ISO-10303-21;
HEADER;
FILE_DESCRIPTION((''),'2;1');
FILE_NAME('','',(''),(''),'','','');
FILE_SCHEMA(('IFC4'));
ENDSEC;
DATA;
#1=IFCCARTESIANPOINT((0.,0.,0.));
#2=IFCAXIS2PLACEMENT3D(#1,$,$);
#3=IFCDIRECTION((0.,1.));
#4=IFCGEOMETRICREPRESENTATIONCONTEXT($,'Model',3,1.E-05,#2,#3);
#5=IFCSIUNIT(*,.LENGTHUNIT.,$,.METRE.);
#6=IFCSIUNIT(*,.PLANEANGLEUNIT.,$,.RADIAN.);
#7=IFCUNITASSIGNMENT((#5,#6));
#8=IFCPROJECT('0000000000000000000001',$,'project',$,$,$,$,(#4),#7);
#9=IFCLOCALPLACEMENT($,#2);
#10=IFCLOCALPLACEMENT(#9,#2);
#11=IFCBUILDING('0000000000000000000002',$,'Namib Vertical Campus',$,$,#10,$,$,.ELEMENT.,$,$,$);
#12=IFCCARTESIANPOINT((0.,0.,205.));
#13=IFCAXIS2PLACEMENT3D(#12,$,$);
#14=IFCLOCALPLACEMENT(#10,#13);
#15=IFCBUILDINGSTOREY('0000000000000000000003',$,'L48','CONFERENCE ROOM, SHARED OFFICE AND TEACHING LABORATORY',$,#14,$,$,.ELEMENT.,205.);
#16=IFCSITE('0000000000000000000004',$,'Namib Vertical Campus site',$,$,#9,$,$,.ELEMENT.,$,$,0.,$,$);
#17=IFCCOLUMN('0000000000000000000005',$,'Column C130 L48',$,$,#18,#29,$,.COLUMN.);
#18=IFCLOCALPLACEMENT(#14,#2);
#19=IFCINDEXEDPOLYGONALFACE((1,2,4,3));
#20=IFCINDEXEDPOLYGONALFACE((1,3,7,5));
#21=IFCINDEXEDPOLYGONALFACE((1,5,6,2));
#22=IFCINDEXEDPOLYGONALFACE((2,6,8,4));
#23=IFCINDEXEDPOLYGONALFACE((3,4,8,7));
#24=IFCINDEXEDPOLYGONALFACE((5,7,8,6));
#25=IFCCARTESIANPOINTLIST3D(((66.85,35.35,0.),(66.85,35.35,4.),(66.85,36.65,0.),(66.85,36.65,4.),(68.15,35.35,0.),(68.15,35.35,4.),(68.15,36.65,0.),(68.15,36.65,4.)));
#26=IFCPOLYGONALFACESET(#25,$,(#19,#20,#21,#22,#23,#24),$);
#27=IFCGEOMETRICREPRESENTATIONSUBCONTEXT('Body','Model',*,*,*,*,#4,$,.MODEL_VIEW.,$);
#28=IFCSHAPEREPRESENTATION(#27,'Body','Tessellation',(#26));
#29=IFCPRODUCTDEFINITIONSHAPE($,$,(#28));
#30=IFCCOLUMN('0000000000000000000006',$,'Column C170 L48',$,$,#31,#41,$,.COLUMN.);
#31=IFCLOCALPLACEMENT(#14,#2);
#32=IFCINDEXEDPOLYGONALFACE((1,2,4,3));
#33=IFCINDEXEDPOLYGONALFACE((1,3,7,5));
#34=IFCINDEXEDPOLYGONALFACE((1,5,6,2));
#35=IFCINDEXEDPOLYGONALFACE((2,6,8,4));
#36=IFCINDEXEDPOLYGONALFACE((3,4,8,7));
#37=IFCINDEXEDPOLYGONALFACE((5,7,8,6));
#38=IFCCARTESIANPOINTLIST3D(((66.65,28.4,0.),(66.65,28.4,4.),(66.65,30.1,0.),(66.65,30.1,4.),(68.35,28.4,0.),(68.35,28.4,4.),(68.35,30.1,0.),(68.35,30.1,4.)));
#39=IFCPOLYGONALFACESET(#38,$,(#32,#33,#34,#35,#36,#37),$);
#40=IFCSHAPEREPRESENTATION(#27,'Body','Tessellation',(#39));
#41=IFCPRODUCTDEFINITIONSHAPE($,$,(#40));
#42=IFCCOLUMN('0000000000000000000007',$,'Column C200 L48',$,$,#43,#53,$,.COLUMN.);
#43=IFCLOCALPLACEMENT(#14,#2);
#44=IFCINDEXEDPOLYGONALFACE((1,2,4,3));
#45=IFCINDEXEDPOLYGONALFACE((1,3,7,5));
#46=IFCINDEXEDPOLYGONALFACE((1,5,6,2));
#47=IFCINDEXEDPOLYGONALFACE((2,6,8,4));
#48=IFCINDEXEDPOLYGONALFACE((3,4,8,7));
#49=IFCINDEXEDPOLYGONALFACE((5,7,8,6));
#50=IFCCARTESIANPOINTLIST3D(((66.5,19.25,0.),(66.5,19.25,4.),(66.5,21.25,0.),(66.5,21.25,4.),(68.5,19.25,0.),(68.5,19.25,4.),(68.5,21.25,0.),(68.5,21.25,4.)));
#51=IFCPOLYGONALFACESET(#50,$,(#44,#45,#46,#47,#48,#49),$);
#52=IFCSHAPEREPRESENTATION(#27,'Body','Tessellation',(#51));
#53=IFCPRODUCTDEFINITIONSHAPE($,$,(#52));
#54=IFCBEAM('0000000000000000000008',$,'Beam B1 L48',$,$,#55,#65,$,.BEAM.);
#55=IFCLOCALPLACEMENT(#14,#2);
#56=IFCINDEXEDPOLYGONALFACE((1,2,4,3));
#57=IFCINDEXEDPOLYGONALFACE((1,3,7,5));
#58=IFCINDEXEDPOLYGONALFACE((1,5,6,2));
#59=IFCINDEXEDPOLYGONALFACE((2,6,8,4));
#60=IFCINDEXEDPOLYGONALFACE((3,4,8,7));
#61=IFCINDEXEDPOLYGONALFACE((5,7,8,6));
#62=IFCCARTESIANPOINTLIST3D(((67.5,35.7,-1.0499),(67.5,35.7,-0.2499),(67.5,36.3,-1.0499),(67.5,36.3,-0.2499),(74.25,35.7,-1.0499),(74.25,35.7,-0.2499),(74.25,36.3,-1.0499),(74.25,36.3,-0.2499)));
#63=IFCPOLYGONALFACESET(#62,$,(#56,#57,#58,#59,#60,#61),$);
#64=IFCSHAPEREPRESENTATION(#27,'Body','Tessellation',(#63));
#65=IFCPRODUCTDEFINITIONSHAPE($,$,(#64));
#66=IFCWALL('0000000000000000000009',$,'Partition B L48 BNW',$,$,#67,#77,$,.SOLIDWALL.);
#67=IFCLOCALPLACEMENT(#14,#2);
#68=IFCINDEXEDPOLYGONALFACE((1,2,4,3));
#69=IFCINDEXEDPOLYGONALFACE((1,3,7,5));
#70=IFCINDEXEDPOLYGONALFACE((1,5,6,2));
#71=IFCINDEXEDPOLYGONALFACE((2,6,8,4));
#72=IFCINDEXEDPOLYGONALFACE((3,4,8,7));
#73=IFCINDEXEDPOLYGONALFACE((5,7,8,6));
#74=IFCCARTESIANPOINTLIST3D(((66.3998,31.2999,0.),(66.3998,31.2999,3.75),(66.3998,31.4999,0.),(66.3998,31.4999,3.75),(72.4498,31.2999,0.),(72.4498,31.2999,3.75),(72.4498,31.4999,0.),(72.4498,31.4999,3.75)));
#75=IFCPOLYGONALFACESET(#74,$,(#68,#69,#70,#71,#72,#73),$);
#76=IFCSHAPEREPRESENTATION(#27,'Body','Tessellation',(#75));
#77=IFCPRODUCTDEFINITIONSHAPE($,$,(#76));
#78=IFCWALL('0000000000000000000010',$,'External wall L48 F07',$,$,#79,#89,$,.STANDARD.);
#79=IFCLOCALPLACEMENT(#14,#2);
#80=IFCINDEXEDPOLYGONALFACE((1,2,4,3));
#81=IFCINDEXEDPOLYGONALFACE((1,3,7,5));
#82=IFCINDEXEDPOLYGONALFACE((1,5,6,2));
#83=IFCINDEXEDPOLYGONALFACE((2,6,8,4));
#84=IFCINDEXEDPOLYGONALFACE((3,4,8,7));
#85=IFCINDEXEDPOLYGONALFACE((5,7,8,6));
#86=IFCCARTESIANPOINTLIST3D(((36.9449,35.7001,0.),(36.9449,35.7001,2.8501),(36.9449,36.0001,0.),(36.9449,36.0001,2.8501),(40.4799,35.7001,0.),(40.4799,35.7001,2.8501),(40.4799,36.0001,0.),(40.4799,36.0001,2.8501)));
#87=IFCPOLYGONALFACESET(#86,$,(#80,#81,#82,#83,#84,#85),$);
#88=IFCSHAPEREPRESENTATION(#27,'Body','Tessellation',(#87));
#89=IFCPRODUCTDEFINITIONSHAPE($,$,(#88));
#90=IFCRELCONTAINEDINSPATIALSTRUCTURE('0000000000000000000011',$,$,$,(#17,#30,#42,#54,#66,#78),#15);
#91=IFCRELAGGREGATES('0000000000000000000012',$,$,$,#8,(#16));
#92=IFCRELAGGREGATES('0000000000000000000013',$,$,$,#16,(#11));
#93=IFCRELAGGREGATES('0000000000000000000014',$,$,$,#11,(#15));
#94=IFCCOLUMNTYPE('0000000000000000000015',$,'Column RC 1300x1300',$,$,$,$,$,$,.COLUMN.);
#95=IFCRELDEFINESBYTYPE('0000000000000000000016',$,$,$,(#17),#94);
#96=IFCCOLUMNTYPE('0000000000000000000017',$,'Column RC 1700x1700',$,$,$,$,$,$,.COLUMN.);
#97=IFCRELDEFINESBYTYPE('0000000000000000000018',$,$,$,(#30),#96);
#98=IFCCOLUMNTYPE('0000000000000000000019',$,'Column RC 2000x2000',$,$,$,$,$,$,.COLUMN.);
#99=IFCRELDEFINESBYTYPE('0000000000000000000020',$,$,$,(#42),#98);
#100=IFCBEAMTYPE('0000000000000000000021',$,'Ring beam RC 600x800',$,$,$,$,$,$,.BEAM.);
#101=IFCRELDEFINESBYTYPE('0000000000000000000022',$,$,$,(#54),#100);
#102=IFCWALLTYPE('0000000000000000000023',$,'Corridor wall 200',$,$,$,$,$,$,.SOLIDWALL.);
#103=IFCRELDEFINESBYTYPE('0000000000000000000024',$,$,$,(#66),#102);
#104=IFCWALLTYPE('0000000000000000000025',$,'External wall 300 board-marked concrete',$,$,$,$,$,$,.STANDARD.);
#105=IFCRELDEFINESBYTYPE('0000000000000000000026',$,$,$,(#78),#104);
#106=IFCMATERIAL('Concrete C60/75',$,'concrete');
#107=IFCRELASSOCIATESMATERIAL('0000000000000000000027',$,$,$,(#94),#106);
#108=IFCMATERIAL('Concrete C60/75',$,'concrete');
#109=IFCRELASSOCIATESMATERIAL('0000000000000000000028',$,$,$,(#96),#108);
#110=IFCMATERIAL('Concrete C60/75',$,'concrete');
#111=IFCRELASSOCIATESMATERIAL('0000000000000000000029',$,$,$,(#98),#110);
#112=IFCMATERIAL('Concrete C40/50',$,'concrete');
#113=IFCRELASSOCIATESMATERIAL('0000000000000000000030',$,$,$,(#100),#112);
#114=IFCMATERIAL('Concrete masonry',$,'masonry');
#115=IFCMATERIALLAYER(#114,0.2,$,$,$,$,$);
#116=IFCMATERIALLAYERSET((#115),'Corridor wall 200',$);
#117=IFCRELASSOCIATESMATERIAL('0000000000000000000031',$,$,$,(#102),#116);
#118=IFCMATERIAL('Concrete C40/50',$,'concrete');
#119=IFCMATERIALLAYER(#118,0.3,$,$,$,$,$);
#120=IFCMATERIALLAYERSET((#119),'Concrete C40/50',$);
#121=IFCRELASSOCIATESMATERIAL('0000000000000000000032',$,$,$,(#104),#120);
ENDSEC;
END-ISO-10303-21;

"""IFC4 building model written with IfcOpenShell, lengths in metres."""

from ifc_helpers import new_model, si_unit, direction, frame, frame_2d, origin, origin_2d, place, context, subcontext, project, spatial, rectangle, extrude, material, layer, layer_set, material_profile, profile_set, type_object, element, save


model = new_model("IFC4")

# Units and contexts
model_context = context("Model", 3, precision=1e-05, world=origin(), true_north=direction((0.0, 1.0)))
body_context = subcontext(model_context, "Body", "Model", "MODEL_VIEW")
ifc_project = project(units=[si_unit("LENGTHUNIT", "METRE"), si_unit("PLANEANGLEUNIT", "RADIAN")], contexts=[model_context])

# Site, building, storey
site_placement = place(None, origin())
site = spatial("IfcSite", under=ifc_project, at=site_placement, Name="Namib Vertical Campus site", CompositionType="ELEMENT", RefElevation=0.0)
building_placement = place(site_placement, origin())
building = spatial("IfcBuilding", under=site, at=building_placement, Name="Namib Vertical Campus", CompositionType="ELEMENT")
storey_placement = place(building_placement, frame((0.0, 0.0, 205.0)))
storey = spatial("IfcBuildingStorey", under=building, at=storey_placement, Name="L48", Description="CONFERENCE ROOM, SHARED OFFICE AND TEACHING LABORATORY", CompositionType="ELEMENT", Elevation=205.0)

# Columns
ifc_material_1 = material(Name="Concrete C60/75", Category="concrete")
ifc_material_profile_1 = material_profile(ifc_material_1, rectangle(XDim=1.3, YDim=1.3, at=origin_2d()))
ifc_profile_set_1 = profile_set([ifc_material_profile_1], Name="Concrete C60/75")
column_type_1 = type_object("IfcColumnType", Name="Column RC 1300x1300", PredefinedType="COLUMN", material=ifc_profile_set_1)
column_1_placement = place(storey_placement, frame((67.5, 36.0, 0.0), z_axis=(0.0, 0.0, 1.0), x_axis=(1.0, 0.0, 0.0)))
element("IfcColumn", 1, at=column_1_placement, inside=storey, type_object=column_type_1, Name="Column C130 L48", PredefinedType="COLUMN", context=body_context, shape_type="SweptSolid", body=[
    extrude(rectangle(XDim=1.3, YDim=1.3, at=origin_2d()), origin(), (0.0, 0.0, 1.0), 4.0),
])
ifc_material_2 = material(Name="Concrete C60/75", Category="concrete")
ifc_material_profile_2 = material_profile(ifc_material_2, rectangle(XDim=1.7, YDim=1.7, at=origin_2d()))
ifc_profile_set_2 = profile_set([ifc_material_profile_2], Name="Concrete C60/75")
column_type_2 = type_object("IfcColumnType", Name="Column RC 1700x1700", PredefinedType="COLUMN", material=ifc_profile_set_2)
column_2_placement = place(storey_placement, frame((67.5, 29.25, 0.0), z_axis=(0.0, 0.0, 1.0), x_axis=(1.0, 0.0, 0.0)))
element("IfcColumn", 2, at=column_2_placement, inside=storey, type_object=column_type_2, Name="Column C170 L48", PredefinedType="COLUMN", context=body_context, shape_type="SweptSolid", body=[
    extrude(rectangle(XDim=1.7, YDim=1.7, at=origin_2d()), origin(), (0.0, 0.0, 1.0), 4.0),
])
ifc_material_3 = material(Name="Concrete C60/75", Category="concrete")
ifc_material_profile_3 = material_profile(ifc_material_3, rectangle(XDim=2.0, YDim=2.0, at=origin_2d()))
ifc_profile_set_3 = profile_set([ifc_material_profile_3], Name="Concrete C60/75")
column_type_3 = type_object("IfcColumnType", Name="Column RC 2000x2000", PredefinedType="COLUMN", material=ifc_profile_set_3)
column_3_placement = place(storey_placement, frame((67.5, 20.25, 0.0), z_axis=(0.0, 0.0, 1.0), x_axis=(1.0, 0.0, 0.0)))
element("IfcColumn", 3, at=column_3_placement, inside=storey, type_object=column_type_3, Name="Column C200 L48", PredefinedType="COLUMN", context=body_context, shape_type="SweptSolid", body=[
    extrude(rectangle(XDim=2.0, YDim=2.0, at=origin_2d()), origin(), (0.0, 0.0, 1.0), 4.0),
])

# Beam
ifc_material_4 = material(Name="Concrete C40/50", Category="concrete")
ifc_material_profile_4 = material_profile(ifc_material_4, rectangle(XDim=0.6001, YDim=0.8, at=origin_2d()))
ifc_profile_set_4 = profile_set([ifc_material_profile_4], Name="Concrete C40/50")
beam_type = type_object("IfcBeamType", Name="Ring beam RC 600x800", PredefinedType="BEAM", material=ifc_profile_set_4)
beam_placement = place(storey_placement, frame((67.5, 36.0, -0.6499), z_axis=(1.0, 0.0, 0.0), x_axis=(0.0, 1.0, 0.0)))
element("IfcBeam", 4, at=beam_placement, inside=storey, type_object=beam_type, Name="Beam B1 L48", PredefinedType="BEAM", context=body_context, shape_type="SweptSolid", body=[
    extrude(rectangle(XDim=0.6001, YDim=0.8, at=origin_2d()), origin(), (0.0, 0.0, 1.0), 6.75),
])

# Walls
ifc_material_5 = material(Name="Concrete masonry", Category="masonry")
ifc_layer_1 = layer(ifc_material_5, 0.2)
ifc_layer_set_1 = layer_set([ifc_layer_1], Name="Corridor wall 200")
wall_type_1 = type_object("IfcWallType", Name="Corridor wall 200", PredefinedType="SOLIDWALL", material=ifc_layer_set_1)
wall_1_placement = place(storey_placement, frame((66.3999, 31.3999, 0.0), z_axis=(0.0, 0.0, 1.0), x_axis=(1.0, 0.0, 0.0)))
element("IfcWall", 5, at=wall_1_placement, inside=storey, type_object=wall_type_1, Name="Partition B L48 BNW", PredefinedType="SOLIDWALL", context=body_context, shape_type="SweptSolid", body=[
    extrude(rectangle(XDim=6.05, YDim=0.2, at=frame_2d((3.0249, 0.0))), origin(), (0.0, 0.0, 1.0), 3.75),
])
ifc_material_6 = material(Name="Concrete C40/50", Category="concrete")
ifc_layer_2 = layer(ifc_material_6, 0.3)
ifc_layer_set_2 = layer_set([ifc_layer_2], Name="Concrete C40/50")
wall_type_2 = type_object("IfcWallType", Name="External wall 300 board-marked concrete", PredefinedType="STANDARD", material=ifc_layer_set_2)
wall_2_placement = place(storey_placement, frame((40.48, 35.8501, 0.0), z_axis=(0.0, 0.0, 1.0), x_axis=(-1.0, 0.0, 0.0)))
element("IfcWall", 6, at=wall_2_placement, inside=storey, type_object=wall_type_2, Name="External wall L48 F07", PredefinedType="STANDARD", context=body_context, shape_type="SweptSolid", body=[
    extrude(rectangle(XDim=3.5349, YDim=0.3, at=frame_2d((1.7676, 0.0))), origin(), (0.0, 0.0, 1.0), 2.8501),
])

save(model, "model.ifc")
